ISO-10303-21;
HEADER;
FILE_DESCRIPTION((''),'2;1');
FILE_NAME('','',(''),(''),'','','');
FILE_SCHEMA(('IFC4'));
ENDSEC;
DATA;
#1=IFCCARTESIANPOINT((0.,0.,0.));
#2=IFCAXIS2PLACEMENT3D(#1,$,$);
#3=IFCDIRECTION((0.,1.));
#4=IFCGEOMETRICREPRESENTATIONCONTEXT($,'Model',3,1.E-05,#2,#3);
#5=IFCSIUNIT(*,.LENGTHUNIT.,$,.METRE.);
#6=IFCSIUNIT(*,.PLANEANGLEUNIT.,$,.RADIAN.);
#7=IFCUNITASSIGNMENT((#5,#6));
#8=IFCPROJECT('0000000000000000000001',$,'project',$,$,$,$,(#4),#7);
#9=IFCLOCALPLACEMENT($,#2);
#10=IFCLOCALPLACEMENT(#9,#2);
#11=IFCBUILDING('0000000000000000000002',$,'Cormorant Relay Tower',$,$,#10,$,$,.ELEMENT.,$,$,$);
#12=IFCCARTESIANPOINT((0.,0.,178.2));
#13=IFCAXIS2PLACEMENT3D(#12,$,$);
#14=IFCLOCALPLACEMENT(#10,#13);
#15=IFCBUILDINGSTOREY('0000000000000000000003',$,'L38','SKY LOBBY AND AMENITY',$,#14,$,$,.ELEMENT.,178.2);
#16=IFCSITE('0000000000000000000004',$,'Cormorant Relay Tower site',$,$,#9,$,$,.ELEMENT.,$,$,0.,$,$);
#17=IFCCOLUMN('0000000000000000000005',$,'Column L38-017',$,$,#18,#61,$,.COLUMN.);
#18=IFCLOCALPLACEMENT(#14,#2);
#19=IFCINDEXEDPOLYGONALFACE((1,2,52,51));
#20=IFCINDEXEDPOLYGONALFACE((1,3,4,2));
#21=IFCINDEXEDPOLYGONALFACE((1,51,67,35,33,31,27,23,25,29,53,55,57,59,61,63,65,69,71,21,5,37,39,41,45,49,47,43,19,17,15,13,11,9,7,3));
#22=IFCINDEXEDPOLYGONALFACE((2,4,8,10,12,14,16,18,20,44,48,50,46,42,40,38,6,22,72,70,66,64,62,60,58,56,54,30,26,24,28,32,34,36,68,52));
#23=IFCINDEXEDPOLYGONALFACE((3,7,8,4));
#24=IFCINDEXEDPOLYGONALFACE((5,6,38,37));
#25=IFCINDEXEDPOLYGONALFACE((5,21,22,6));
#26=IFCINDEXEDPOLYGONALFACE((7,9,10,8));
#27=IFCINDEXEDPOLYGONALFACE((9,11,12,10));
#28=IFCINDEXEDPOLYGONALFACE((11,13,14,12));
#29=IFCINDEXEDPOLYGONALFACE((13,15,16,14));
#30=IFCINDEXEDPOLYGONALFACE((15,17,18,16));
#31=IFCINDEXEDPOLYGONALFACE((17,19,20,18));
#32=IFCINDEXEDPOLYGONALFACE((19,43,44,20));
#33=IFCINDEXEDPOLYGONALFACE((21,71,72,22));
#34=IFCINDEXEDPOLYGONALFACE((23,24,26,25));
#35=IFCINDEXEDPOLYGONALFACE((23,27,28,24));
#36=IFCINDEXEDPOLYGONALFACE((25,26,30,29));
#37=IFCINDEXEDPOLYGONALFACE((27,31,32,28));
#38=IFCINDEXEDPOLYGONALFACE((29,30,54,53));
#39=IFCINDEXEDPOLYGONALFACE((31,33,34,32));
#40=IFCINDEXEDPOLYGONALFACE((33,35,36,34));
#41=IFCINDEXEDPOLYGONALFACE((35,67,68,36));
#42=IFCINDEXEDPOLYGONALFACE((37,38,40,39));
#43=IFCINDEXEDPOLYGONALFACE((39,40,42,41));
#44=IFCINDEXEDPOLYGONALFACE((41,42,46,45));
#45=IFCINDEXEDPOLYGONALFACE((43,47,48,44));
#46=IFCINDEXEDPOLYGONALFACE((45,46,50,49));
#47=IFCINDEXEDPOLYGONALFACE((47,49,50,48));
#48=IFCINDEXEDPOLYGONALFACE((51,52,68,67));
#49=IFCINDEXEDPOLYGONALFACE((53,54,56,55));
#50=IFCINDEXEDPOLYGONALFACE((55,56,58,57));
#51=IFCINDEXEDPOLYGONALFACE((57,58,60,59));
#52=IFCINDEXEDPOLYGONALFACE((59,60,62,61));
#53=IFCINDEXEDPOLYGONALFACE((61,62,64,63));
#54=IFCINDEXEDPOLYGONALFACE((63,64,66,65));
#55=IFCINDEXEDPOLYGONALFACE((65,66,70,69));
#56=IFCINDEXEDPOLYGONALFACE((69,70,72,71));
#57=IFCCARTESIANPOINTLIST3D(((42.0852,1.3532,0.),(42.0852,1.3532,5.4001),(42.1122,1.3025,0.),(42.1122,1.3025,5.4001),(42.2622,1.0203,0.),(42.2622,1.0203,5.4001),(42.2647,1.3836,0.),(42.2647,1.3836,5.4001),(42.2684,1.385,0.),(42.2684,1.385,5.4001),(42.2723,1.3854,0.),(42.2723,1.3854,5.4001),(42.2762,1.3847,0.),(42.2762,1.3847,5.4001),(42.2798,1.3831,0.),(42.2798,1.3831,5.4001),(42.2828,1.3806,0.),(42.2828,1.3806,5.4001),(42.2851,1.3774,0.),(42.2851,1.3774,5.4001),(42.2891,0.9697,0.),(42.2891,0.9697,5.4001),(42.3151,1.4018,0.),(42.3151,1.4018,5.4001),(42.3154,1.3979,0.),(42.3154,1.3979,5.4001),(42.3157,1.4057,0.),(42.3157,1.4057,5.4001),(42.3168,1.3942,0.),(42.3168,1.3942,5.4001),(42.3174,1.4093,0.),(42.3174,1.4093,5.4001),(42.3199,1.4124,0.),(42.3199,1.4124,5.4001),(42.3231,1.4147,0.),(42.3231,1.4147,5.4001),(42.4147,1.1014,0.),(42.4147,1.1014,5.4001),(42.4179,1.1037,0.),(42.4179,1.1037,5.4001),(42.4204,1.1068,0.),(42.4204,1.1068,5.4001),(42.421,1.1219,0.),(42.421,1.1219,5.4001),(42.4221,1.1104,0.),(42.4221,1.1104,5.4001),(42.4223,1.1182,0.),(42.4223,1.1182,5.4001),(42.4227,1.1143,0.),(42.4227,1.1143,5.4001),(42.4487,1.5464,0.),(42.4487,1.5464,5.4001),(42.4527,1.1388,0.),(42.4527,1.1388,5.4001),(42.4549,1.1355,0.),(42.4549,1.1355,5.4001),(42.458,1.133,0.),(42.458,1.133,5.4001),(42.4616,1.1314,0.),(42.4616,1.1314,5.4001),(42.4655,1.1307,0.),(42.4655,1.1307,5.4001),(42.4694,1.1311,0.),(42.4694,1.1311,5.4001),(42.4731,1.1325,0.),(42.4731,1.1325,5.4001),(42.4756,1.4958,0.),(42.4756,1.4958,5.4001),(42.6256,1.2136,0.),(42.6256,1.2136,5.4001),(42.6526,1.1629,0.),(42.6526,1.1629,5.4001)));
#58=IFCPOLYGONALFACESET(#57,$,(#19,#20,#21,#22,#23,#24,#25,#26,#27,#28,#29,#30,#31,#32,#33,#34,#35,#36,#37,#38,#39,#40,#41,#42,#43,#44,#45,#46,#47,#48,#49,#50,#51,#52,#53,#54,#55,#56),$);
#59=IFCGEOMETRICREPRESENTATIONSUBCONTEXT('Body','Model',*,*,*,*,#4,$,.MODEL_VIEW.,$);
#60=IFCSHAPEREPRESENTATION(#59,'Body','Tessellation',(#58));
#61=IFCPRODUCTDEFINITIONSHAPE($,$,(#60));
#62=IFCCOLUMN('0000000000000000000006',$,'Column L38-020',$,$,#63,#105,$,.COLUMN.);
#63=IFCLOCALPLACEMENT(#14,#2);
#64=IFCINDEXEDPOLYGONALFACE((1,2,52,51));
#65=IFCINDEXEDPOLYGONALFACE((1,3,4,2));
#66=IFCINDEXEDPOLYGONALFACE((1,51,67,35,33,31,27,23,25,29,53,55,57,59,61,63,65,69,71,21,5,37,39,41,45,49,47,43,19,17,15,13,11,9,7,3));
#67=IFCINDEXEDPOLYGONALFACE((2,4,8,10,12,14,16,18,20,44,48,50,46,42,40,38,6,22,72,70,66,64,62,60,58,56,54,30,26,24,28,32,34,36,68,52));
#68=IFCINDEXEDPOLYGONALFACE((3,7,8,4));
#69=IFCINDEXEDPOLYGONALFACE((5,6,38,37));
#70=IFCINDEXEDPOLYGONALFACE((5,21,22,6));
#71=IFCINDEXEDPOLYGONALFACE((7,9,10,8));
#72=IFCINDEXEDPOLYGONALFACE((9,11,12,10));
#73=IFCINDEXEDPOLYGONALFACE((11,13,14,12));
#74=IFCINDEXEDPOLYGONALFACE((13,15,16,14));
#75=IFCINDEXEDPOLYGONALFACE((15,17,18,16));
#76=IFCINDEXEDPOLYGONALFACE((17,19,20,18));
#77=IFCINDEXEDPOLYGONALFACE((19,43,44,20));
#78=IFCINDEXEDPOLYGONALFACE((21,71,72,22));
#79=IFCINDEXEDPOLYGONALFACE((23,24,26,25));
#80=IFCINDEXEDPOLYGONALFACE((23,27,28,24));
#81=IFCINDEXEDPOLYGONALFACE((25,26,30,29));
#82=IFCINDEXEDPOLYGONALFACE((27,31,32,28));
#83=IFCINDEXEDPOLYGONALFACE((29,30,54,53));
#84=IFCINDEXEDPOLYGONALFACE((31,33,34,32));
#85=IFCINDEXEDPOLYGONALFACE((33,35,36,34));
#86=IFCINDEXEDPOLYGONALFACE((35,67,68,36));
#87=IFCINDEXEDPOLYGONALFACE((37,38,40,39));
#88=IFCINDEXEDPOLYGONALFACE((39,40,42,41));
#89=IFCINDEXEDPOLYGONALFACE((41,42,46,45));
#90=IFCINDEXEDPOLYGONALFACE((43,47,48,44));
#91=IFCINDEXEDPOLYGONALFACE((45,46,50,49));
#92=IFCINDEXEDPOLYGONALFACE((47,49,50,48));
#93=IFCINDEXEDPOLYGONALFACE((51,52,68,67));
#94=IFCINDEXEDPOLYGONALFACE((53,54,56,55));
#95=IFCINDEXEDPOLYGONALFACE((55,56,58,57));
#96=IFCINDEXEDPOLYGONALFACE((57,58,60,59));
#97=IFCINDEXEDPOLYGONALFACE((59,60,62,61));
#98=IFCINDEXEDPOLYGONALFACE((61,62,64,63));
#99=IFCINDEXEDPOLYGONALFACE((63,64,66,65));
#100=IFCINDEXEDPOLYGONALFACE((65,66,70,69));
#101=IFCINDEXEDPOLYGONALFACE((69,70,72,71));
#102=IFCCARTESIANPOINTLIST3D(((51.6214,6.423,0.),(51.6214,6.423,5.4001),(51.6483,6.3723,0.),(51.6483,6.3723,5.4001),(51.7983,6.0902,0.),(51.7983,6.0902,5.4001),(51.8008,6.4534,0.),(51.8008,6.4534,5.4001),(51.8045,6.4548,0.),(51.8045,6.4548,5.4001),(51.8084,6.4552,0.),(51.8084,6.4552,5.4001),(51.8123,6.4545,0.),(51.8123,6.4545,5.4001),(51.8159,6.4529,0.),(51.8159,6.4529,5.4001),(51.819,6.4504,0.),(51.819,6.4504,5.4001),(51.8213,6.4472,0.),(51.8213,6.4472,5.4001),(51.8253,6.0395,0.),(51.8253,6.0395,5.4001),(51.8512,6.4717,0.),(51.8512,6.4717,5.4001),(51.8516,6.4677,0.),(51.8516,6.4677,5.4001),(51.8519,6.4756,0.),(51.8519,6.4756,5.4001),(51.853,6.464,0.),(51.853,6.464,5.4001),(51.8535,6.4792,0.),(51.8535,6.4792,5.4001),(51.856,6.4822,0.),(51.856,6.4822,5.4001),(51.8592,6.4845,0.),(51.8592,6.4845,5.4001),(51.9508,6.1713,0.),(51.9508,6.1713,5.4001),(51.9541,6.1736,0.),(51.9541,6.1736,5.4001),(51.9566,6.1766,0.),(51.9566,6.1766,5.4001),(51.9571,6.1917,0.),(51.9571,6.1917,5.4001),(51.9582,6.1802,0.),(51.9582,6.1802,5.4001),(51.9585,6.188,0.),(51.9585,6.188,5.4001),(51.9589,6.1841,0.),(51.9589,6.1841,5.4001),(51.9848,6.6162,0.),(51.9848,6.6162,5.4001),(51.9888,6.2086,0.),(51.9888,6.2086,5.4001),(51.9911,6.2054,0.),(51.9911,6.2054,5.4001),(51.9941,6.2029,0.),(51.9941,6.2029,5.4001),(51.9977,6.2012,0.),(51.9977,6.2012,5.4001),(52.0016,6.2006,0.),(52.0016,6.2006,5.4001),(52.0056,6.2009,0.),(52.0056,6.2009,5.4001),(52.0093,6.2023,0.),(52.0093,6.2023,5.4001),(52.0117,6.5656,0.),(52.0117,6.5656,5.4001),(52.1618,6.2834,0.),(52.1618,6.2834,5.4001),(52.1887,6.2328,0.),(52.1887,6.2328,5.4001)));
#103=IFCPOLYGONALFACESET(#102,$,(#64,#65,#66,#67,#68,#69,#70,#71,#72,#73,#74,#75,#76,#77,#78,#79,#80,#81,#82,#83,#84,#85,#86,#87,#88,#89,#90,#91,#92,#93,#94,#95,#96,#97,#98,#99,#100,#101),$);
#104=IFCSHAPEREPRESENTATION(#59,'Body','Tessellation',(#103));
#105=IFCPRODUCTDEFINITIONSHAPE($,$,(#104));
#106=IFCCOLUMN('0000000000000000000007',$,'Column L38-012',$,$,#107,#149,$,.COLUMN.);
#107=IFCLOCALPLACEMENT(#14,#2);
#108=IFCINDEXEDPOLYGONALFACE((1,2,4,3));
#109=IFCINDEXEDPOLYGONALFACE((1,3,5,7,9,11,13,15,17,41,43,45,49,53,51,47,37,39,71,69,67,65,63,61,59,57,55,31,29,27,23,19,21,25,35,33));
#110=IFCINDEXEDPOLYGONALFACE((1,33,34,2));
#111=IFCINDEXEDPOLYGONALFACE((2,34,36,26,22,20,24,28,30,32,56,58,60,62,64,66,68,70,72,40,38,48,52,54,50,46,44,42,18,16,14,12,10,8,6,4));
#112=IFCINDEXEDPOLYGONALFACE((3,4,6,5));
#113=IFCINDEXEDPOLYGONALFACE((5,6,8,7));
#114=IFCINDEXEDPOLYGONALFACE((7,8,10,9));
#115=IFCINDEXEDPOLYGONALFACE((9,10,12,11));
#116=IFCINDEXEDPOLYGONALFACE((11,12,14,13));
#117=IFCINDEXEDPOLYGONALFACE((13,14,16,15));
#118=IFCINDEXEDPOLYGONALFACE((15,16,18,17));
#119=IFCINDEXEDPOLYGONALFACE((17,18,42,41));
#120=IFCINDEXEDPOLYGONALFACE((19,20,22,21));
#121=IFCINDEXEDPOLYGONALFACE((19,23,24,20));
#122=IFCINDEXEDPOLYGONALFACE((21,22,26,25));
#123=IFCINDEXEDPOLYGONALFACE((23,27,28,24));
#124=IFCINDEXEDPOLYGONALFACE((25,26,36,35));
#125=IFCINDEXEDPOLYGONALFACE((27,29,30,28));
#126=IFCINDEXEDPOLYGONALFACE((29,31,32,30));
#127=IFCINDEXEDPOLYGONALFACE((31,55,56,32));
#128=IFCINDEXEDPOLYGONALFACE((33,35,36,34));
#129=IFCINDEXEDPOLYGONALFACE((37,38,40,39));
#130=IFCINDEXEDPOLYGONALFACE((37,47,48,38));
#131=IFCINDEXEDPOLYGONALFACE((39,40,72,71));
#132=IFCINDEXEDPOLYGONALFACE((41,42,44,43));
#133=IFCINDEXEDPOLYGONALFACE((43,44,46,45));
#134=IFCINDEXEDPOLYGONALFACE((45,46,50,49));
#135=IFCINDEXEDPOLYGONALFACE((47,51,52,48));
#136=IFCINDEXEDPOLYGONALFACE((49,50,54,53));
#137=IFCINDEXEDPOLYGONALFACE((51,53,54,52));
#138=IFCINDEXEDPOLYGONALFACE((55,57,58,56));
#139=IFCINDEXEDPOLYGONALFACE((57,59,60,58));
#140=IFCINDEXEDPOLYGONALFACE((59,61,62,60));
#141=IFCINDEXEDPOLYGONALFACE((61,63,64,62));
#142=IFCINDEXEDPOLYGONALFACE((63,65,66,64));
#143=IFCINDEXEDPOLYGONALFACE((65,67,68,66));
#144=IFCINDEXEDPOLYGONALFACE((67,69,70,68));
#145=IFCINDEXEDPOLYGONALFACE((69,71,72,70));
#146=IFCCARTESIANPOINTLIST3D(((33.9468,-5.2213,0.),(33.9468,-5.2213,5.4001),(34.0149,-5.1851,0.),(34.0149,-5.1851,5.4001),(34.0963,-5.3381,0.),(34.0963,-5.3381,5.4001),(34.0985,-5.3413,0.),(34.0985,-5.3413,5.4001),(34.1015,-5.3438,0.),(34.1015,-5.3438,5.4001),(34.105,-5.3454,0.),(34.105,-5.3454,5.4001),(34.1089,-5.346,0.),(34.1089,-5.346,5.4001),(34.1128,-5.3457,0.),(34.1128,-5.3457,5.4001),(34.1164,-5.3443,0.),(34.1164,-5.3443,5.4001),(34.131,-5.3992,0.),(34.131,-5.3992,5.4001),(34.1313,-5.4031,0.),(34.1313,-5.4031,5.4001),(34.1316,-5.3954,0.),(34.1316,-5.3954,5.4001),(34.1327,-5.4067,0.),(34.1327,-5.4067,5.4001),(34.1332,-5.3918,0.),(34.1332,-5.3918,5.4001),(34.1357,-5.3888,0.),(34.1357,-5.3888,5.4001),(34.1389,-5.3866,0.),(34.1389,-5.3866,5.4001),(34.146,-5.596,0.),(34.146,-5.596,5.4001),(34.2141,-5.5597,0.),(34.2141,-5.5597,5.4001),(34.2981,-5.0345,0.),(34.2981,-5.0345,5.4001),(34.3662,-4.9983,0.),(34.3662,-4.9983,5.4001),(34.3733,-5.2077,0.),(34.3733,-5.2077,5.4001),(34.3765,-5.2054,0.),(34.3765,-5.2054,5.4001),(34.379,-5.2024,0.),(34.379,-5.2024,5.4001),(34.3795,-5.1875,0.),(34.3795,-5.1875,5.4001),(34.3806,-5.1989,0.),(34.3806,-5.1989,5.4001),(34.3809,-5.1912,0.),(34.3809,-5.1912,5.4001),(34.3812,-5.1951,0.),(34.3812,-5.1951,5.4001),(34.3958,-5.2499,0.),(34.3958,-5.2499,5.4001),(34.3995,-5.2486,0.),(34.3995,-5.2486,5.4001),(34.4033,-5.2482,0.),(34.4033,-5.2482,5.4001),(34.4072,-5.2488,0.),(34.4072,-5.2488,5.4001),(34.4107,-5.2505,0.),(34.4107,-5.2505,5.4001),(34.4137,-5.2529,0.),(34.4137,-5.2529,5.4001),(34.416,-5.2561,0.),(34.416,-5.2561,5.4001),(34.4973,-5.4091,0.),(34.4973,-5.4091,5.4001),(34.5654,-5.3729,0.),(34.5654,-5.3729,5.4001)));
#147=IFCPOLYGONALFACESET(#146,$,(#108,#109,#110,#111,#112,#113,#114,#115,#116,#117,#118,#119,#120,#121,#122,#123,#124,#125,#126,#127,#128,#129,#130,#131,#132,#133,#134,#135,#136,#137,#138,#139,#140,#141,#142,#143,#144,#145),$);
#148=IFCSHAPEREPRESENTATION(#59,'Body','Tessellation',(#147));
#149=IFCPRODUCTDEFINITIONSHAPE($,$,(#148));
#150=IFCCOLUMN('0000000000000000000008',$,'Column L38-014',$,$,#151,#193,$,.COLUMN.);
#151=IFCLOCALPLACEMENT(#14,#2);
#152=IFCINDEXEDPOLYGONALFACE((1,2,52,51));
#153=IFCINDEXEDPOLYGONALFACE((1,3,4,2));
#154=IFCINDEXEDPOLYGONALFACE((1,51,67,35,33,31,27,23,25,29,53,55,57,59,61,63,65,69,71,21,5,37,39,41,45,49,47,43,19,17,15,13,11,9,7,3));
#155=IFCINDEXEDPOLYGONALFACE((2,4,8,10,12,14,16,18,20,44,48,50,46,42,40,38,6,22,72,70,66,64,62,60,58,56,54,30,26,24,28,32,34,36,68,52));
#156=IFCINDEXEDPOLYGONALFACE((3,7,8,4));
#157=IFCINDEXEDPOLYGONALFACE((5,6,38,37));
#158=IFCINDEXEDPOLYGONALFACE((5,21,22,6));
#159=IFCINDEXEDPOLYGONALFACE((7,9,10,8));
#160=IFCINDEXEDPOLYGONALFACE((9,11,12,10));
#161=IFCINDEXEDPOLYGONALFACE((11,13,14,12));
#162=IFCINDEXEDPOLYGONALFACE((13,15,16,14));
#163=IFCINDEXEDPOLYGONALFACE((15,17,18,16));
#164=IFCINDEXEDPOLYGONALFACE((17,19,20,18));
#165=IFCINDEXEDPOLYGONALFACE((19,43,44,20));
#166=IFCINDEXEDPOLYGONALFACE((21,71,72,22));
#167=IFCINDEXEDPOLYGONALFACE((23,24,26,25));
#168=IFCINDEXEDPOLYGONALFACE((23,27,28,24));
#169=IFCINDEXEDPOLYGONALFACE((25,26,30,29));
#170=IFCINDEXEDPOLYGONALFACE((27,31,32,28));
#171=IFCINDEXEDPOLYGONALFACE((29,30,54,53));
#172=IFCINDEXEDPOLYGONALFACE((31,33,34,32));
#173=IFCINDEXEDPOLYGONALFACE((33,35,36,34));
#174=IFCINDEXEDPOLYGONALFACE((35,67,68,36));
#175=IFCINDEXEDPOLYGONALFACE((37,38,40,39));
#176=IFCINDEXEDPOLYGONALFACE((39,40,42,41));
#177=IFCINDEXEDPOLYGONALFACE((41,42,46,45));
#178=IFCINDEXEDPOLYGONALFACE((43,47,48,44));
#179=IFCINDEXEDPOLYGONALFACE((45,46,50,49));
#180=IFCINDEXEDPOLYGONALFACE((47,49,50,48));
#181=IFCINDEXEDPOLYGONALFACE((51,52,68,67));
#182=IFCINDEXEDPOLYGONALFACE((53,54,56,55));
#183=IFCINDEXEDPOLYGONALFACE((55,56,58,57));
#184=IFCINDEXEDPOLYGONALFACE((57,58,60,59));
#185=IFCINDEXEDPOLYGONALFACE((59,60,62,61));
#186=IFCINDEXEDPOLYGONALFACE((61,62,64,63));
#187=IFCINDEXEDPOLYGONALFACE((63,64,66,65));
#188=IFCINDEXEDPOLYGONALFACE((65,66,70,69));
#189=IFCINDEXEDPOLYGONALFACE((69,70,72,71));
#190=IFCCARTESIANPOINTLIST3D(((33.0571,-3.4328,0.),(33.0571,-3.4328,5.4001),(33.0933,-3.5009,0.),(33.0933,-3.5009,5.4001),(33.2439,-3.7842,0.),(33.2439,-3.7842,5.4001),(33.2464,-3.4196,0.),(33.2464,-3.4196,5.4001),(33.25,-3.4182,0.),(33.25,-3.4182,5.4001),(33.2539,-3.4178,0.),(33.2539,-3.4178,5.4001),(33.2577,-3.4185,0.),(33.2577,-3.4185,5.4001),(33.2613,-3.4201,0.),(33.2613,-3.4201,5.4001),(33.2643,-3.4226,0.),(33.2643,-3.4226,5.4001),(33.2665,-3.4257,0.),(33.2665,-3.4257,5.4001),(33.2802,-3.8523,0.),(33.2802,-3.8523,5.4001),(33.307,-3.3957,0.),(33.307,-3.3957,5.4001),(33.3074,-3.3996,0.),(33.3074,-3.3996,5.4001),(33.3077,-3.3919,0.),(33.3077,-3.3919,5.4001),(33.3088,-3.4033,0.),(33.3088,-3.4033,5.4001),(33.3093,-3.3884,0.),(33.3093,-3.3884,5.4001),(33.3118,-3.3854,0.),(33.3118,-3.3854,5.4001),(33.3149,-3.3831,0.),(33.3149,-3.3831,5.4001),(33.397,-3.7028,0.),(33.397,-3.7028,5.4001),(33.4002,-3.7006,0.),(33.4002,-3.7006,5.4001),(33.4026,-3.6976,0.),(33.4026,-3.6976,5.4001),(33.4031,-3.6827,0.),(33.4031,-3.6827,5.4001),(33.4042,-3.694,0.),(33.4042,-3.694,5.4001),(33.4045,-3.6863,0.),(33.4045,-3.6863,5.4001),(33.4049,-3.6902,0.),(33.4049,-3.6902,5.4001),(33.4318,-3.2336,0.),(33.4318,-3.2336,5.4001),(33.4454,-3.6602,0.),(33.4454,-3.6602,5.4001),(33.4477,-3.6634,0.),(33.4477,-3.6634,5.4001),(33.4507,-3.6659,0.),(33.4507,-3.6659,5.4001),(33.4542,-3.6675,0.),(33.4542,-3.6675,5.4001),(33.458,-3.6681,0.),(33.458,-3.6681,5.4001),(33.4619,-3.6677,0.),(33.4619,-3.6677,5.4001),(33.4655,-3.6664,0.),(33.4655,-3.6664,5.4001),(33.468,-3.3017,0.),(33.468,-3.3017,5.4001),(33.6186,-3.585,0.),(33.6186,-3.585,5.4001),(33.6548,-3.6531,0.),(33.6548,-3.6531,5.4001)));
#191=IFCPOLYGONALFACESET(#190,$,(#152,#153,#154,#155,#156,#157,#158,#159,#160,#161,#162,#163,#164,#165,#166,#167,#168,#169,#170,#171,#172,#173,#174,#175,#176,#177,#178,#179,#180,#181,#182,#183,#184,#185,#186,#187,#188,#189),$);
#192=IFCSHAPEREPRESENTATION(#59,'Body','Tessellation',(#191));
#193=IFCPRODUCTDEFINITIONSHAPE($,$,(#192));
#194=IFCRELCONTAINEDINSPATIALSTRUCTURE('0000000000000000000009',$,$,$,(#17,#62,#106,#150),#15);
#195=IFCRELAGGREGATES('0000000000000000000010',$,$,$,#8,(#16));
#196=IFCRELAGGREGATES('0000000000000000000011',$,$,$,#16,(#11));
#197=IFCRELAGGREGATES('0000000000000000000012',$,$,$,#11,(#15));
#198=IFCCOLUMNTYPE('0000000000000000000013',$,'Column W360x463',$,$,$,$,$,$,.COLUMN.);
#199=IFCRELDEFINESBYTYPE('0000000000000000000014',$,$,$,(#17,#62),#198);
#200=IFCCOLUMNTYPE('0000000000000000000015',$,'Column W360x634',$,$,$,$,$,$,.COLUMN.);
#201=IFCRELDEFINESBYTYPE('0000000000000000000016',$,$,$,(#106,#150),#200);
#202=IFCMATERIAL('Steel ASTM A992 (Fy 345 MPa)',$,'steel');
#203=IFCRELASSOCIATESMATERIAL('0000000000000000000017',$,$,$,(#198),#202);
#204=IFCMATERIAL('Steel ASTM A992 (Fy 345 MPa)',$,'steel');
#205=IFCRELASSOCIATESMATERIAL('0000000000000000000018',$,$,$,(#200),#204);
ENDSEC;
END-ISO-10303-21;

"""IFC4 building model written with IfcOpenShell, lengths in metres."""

from ifc_helpers import new_model, si_unit, direction, frame, origin, origin_2d, place, context, subcontext, project, spatial, i_section, extrude, material, material_profile, profile_set, type_object, element, save


model = new_model("IFC4")

# Units and contexts
model_context = context("Model", 3, precision=1e-05, world=origin(), true_north=direction((0.0, 1.0)))
body_context = subcontext(model_context, "Body", "Model", "MODEL_VIEW")
ifc_project = project(units=[si_unit("LENGTHUNIT", "METRE"), si_unit("PLANEANGLEUNIT", "RADIAN")], contexts=[model_context])

# Site, building, storey
site_placement = place(None, origin())
site = spatial("IfcSite", under=ifc_project, at=site_placement, Name="Cormorant Relay Tower site", CompositionType="ELEMENT", RefElevation=0.0)
building_placement = place(site_placement, origin())
building = spatial("IfcBuilding", under=site, at=building_placement, Name="Cormorant Relay Tower", CompositionType="ELEMENT")
storey_placement = place(building_placement, frame((0.0, 0.0, 178.2)))
storey = spatial("IfcBuildingStorey", under=building, at=storey_placement, Name="L38", Description="SKY LOBBY AND AMENITY", CompositionType="ELEMENT", Elevation=178.2)

# Columns
ifc_material_1 = material(Name="Steel ASTM A992 (Fy 345 MPa)", Category="steel")
ifc_material_profile_1 = material_profile(ifc_material_1, i_section(OverallWidth=0.4116, OverallDepth=0.4343, WebThickness=0.0359, FlangeThickness=0.0574, FilletRadius=0.0151, at=origin_2d()), Name="W360x463")
ifc_profile_set_1 = profile_set([ifc_material_profile_1], Name="Steel ASTM A992 (Fy 345 MPa)")
column_type_1 = type_object("IfcColumnType", Name="Column W360x463", PredefinedType="COLUMN", material=ifc_profile_set_1)
for number, where, z_axis, x_axis, name in (
    (1, (42.3689, 1.2581, 0.0), (0.0, 0.0, 1.0), (0.882948, 0.469472, 0.0), "Column L38-017"),
    (2, (51.905, 6.3279, 0.0), (0.0, 0.0, 1.0), (0.882948, 0.469472, 0.0), "Column L38-020"),
):
    element("IfcColumn", number, at=place(storey_placement, frame(where, z_axis=z_axis, x_axis=x_axis)), inside=storey, type_object=column_type_1, Name=name, PredefinedType="COLUMN", context=body_context, shape_type="SweptSolid", body=[
        extrude(i_section(OverallWidth=0.4116, OverallDepth=0.4343, WebThickness=0.0359, FlangeThickness=0.0574, FilletRadius=0.0151, at=origin_2d()), origin(), (0.0, 0.0, 1.0), 5.4001),
    ])
ifc_material_2 = material(Name="Steel ASTM A992 (Fy 345 MPa)", Category="steel")
ifc_material_profile_2 = material_profile(ifc_material_2, i_section(OverallWidth=0.4243, OverallDepth=0.4751, WebThickness=0.0479, FlangeThickness=0.0771, FilletRadius=0.0149, at=origin_2d()), Name="W360x634")
ifc_profile_set_2 = profile_set([ifc_material_profile_2], Name="Steel ASTM A992 (Fy 345 MPa)")
column_type_2 = type_object("IfcColumnType", Name="Column W360x634", PredefinedType="COLUMN", material=ifc_profile_set_2)
for number, where, z_axis, x_axis, name in (
    (3, (34.2561, -5.2971, 0.0), (0.0, 0.0, 1.0), (-0.469472, 0.882948, 0.0), "Column L38-012"),
    (4, (33.356, -3.543, 0.0), (0.0, 0.0, 1.0), (0.882948, 0.469472, 0.0), "Column L38-014"),
):
    element("IfcColumn", number, at=place(storey_placement, frame(where, z_axis=z_axis, x_axis=x_axis)), inside=storey, type_object=column_type_2, Name=name, PredefinedType="COLUMN", context=body_context, shape_type="SweptSolid", body=[
        extrude(i_section(OverallWidth=0.4243, OverallDepth=0.4751, WebThickness=0.0479, FlangeThickness=0.0771, FilletRadius=0.0149, at=origin_2d()), origin(), (0.0, 0.0, 1.0), 5.4001),
    ])

save(model, "model.ifc")
